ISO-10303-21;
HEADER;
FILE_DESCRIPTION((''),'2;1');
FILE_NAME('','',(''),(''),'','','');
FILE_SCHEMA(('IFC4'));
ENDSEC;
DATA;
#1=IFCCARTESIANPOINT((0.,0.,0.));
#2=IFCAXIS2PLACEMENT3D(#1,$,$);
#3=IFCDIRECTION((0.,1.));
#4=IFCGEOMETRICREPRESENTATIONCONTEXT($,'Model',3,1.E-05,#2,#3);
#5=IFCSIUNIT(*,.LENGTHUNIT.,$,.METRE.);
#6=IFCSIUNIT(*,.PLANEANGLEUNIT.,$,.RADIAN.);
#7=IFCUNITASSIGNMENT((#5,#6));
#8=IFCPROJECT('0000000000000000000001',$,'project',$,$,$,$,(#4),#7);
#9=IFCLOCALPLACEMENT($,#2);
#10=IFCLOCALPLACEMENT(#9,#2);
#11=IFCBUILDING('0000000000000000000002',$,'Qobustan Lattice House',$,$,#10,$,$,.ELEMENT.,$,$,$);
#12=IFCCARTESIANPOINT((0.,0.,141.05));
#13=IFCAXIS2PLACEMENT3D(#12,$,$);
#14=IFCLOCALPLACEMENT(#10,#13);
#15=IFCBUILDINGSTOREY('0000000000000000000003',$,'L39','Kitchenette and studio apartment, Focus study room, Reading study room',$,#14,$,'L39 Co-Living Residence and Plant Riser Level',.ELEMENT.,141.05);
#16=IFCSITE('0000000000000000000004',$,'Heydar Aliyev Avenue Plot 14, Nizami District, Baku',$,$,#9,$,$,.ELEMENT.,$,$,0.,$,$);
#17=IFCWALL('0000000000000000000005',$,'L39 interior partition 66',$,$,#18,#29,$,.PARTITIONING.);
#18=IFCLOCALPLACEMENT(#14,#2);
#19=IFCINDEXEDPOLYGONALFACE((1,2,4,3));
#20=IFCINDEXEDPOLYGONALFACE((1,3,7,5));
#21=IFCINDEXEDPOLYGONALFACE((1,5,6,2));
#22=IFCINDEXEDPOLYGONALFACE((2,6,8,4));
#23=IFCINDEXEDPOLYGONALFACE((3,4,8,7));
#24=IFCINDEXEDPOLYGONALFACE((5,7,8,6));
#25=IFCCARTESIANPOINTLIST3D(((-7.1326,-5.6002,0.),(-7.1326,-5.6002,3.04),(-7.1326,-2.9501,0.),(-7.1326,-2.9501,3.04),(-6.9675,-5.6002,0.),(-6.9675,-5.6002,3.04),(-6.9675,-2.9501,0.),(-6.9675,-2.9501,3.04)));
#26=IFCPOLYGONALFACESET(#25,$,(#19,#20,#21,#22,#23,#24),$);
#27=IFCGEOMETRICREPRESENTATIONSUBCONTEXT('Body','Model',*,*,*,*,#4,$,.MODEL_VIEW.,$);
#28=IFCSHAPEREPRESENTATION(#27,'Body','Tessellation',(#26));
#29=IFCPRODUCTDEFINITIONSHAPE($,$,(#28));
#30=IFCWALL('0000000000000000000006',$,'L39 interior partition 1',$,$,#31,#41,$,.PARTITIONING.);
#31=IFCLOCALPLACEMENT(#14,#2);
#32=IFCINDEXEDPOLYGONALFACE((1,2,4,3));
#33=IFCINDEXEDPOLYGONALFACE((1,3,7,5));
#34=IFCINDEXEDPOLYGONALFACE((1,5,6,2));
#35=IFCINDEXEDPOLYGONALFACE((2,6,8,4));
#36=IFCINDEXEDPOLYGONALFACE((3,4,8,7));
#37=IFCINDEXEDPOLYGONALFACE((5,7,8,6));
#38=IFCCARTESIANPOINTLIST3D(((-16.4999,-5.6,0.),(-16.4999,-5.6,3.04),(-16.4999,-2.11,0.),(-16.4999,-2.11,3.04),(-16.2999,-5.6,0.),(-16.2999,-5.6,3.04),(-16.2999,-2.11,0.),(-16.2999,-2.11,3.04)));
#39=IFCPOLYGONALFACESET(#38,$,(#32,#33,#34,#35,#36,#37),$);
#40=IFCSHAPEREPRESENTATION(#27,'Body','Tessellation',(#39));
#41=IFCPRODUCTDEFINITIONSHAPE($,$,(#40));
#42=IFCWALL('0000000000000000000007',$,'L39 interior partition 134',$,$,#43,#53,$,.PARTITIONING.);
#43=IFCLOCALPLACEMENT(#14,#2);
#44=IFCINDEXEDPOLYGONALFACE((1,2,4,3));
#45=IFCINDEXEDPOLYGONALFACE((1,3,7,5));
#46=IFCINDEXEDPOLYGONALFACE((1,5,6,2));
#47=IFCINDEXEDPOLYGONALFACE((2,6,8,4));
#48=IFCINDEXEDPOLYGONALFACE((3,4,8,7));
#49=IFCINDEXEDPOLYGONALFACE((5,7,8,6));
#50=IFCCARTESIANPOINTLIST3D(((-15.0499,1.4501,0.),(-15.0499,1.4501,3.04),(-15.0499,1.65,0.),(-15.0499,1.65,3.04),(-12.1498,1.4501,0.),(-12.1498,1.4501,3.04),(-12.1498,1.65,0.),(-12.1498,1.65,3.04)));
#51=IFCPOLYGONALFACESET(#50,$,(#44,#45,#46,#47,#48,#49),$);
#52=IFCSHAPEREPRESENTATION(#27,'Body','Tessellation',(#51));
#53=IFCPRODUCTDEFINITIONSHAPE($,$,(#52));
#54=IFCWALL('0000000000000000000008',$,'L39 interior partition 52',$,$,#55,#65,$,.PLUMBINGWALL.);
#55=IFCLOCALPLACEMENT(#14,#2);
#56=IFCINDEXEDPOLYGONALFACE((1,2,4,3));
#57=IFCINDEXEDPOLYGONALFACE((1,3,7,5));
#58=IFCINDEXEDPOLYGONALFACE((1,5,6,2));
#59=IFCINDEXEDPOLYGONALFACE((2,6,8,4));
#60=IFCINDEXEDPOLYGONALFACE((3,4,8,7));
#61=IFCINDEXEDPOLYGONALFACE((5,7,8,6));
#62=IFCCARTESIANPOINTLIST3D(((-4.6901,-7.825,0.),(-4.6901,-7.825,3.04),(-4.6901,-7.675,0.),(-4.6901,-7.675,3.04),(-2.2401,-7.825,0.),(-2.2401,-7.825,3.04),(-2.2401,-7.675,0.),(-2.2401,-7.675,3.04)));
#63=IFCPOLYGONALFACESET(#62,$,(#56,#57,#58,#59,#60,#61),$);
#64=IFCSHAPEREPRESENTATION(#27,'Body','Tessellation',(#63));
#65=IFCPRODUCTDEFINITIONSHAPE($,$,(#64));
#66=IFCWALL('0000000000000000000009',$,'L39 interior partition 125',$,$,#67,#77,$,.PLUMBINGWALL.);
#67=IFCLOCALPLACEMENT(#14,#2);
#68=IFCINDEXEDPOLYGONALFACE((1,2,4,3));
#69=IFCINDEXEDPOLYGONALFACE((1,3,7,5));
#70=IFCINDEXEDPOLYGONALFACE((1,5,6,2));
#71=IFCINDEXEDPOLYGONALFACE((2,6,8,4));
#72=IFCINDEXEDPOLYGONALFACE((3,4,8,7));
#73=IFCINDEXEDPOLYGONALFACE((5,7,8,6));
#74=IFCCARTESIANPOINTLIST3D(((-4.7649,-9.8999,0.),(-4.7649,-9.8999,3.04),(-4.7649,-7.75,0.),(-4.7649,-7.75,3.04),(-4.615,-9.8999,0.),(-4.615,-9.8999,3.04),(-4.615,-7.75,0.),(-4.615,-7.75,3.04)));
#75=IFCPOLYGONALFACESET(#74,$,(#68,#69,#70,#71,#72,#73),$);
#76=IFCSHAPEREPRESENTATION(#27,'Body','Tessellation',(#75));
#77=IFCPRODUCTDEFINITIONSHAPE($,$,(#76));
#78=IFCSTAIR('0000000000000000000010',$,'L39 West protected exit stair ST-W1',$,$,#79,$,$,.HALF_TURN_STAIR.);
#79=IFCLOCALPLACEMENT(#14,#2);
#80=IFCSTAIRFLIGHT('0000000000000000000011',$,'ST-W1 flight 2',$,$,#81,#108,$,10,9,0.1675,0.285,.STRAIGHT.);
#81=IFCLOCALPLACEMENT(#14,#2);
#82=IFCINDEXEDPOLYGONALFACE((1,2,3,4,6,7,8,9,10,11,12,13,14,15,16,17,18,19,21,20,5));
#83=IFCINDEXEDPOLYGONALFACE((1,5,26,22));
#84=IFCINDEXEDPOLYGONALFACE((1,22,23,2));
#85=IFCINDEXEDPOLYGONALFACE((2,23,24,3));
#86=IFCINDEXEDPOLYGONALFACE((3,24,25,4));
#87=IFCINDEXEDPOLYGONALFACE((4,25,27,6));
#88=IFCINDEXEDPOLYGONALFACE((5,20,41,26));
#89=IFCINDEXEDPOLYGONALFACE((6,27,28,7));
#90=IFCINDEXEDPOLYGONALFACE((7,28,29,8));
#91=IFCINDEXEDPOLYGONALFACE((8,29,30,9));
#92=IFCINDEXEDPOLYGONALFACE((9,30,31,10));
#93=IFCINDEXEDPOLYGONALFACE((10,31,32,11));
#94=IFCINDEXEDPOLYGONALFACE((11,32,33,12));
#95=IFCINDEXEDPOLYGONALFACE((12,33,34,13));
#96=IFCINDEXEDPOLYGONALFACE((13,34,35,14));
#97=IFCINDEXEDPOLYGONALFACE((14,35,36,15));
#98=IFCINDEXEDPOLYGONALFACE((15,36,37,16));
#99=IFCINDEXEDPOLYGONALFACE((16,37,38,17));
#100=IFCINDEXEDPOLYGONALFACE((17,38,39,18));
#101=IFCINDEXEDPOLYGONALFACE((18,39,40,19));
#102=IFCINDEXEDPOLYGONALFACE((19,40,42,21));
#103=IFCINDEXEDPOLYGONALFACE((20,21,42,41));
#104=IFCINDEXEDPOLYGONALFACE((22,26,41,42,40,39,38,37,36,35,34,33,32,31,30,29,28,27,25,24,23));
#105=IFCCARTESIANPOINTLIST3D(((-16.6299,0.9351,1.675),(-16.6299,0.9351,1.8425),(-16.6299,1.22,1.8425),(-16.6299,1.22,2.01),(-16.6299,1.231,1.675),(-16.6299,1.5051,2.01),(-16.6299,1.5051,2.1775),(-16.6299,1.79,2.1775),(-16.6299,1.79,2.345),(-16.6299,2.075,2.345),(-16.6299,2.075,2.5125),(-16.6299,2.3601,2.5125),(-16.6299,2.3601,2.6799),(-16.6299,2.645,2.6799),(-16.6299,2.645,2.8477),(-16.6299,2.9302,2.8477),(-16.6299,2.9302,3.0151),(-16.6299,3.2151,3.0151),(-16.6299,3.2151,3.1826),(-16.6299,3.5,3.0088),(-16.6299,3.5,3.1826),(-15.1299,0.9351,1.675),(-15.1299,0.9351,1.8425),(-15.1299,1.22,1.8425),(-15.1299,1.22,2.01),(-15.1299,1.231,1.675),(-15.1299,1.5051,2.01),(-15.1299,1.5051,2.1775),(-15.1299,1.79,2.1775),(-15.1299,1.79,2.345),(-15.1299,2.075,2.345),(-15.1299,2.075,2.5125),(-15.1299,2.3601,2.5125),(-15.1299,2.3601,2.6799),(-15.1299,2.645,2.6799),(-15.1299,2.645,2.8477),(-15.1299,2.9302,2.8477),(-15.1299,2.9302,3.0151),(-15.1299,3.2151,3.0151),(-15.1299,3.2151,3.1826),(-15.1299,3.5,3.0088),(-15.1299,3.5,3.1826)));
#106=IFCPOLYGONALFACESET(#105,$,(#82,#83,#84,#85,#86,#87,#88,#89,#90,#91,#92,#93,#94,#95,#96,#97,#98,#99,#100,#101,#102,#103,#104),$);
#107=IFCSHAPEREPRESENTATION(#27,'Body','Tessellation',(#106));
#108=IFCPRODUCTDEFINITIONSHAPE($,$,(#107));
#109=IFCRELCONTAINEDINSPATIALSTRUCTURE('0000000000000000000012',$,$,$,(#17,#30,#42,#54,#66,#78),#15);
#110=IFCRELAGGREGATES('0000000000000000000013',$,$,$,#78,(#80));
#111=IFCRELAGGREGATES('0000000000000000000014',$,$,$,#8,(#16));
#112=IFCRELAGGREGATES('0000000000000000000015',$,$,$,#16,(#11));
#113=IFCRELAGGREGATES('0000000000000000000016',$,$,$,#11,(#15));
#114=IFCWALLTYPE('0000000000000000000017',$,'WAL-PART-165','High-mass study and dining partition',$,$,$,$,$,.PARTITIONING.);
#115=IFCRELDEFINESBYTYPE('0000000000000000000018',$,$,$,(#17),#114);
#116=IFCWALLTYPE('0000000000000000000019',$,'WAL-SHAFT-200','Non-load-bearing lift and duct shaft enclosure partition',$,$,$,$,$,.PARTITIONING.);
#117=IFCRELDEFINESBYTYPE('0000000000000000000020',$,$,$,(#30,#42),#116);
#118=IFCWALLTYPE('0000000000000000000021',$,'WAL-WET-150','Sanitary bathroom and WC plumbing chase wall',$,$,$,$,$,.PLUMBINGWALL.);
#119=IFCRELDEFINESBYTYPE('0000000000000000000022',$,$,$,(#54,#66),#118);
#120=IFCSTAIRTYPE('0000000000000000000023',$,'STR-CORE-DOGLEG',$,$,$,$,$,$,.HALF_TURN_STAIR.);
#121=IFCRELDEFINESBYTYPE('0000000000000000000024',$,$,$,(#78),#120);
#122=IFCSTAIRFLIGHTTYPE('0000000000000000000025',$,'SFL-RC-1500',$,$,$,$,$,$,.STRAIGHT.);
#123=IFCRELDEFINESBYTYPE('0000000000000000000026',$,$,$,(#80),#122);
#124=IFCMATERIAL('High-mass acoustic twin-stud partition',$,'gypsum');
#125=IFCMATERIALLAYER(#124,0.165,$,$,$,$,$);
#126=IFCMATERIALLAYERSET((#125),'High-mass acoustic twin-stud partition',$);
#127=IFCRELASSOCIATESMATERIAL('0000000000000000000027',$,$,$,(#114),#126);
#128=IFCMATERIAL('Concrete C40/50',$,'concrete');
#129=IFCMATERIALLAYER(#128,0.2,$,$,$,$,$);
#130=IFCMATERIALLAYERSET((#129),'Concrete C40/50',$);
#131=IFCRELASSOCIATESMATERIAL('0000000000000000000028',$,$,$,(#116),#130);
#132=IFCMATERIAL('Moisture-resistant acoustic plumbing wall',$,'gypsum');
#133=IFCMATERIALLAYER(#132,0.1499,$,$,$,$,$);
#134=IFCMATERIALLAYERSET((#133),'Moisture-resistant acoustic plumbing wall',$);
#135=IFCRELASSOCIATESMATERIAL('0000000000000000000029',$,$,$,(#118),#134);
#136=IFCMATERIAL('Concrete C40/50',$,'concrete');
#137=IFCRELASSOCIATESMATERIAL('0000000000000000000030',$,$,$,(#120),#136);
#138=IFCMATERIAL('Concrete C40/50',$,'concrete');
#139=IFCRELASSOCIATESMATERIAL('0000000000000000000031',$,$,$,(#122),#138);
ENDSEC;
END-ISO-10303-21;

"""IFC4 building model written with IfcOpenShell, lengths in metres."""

from ifc_helpers import new_model, si_unit, direction, frame, frame_2d, origin, place, context, subcontext, project, spatial, polyline, rectangle, outline, extrude, material, layer, layer_set, type_object, element, aggregate, save


model = new_model("IFC4")

# Units and contexts
model_context = context("Model", 3, precision=1e-05, world=origin(), true_north=direction((0.0, 1.0)))
body_context = subcontext(model_context, "Body", "Model", "MODEL_VIEW")
ifc_project = project(units=[si_unit("LENGTHUNIT", "METRE"), si_unit("PLANEANGLEUNIT", "RADIAN")], contexts=[model_context])

# Site, building, storey
site_placement = place(None, origin())
site = spatial("IfcSite", under=ifc_project, at=site_placement, Name="Heydar Aliyev Avenue Plot 14, Nizami District, Baku", CompositionType="ELEMENT", RefElevation=0.0)
building_placement = place(site_placement, origin())
building = spatial("IfcBuilding", under=site, at=building_placement, Name="Qobustan Lattice House", CompositionType="ELEMENT")
storey_placement = place(building_placement, frame((0.0, 0.0, 141.05)))
storey = spatial("IfcBuildingStorey", under=building, at=storey_placement, Name="L39", Description="Kitchenette and studio apartment, Focus study room, Reading study room", LongName="L39 Co-Living Residence and Plant Riser Level", CompositionType="ELEMENT", Elevation=141.05)

# Walls
ifc_material_1 = material(Name="High-mass acoustic twin-stud partition", Category="gypsum")
ifc_layer_1 = layer(ifc_material_1, 0.165)
ifc_layer_set_1 = layer_set([ifc_layer_1], Name="High-mass acoustic twin-stud partition")
wall_type_1 = type_object("IfcWallType", Name="WAL-PART-165", Description="High-mass study and dining partition", PredefinedType="PARTITIONING", material=ifc_layer_set_1)
wall_1_placement = place(storey_placement, frame((-7.05, -2.95, 0.0), z_axis=(0.0, 0.0, 1.0), x_axis=(0.0, -1.0, 0.0)))
element("IfcWall", 1, at=wall_1_placement, inside=storey, type_object=wall_type_1, Name="L39 interior partition 66", PredefinedType="PARTITIONING", context=body_context, shape_type="SweptSolid", body=[
    extrude(rectangle(XDim=2.6501, YDim=0.165, at=frame_2d((1.3252, 0.0))), origin(), (0.0, 0.0, 1.0), 3.04),
])
ifc_material_2 = material(Name="Concrete C40/50", Category="concrete")
ifc_layer_2 = layer(ifc_material_2, 0.2)
ifc_layer_set_2 = layer_set([ifc_layer_2], Name="Concrete C40/50")
wall_type_2 = type_object("IfcWallType", Name="WAL-SHAFT-200", Description="Non-load-bearing lift and duct shaft enclosure partition", PredefinedType="PARTITIONING", material=ifc_layer_set_2)
wall_2_placement = place(storey_placement, frame((-16.3999, -5.6001, 0.0), z_axis=(0.0, 0.0, 1.0), x_axis=(0.0, 1.0, 0.0)))
element("IfcWall", 2, at=wall_2_placement, inside=storey, type_object=wall_type_2, Name="L39 interior partition 1", PredefinedType="PARTITIONING", context=body_context, shape_type="SweptSolid", body=[
    extrude(rectangle(XDim=3.49, YDim=0.2, at=frame_2d((1.7451, 0.0))), origin(), (0.0, 0.0, 1.0), 3.04),
])
wall_3_placement = place(storey_placement, frame((-15.05, 1.55, 0.0), z_axis=(0.0, 0.0, 1.0), x_axis=(1.0, 0.0, 0.0)))
element("IfcWall", 3, at=wall_3_placement, inside=storey, type_object=wall_type_2, Name="L39 interior partition 134", PredefinedType="PARTITIONING", context=body_context, shape_type="SweptSolid", body=[
    extrude(rectangle(XDim=2.9001, YDim=0.2, at=frame_2d((1.4502, 0.0))), origin(), (0.0, 0.0, 1.0), 3.04),
])
ifc_material_3 = material(Name="Moisture-resistant acoustic plumbing wall", Category="gypsum")
ifc_layer_3 = layer(ifc_material_3, 0.1499)
ifc_layer_set_3 = layer_set([ifc_layer_3], Name="Moisture-resistant acoustic plumbing wall")
wall_type_3 = type_object("IfcWallType", Name="WAL-WET-150", Description="Sanitary bathroom and WC plumbing chase wall", PredefinedType="PLUMBINGWALL", material=ifc_layer_set_3)
wall_4_placement = place(storey_placement, frame((-2.24, -7.75, 0.0), z_axis=(0.0, 0.0, 1.0), x_axis=(-1.0, 0.0, 0.0)))
element("IfcWall", 4, at=wall_4_placement, inside=storey, type_object=wall_type_3, Name="L39 interior partition 52", PredefinedType="PLUMBINGWALL", context=body_context, shape_type="SweptSolid", body=[
    extrude(rectangle(XDim=2.45, YDim=0.1499, at=frame_2d((1.2251, 0.0))), origin(), (0.0, 0.0, 1.0), 3.04),
])
wall_5_placement = place(storey_placement, frame((-4.6899, -7.75, 0.0), z_axis=(0.0, 0.0, 1.0), x_axis=(0.0, -1.0, 0.0)))
element("IfcWall", 5, at=wall_5_placement, inside=storey, type_object=wall_type_3, Name="L39 interior partition 125", PredefinedType="PLUMBINGWALL", context=body_context, shape_type="SweptSolid", body=[
    extrude(rectangle(XDim=2.1499, YDim=0.1499, at=frame_2d((1.075, 0.0))), origin(), (0.0, 0.0, 1.0), 3.04),
])

# Stair, stair flight
ifc_material_4 = material(Name="Concrete C40/50", Category="concrete")
stair_type = type_object("IfcStairType", Name="STR-CORE-DOGLEG", PredefinedType="HALF_TURN_STAIR", material=ifc_material_4)
stair_placement = place(storey_placement, origin())
stair = element("IfcStair", 6, at=stair_placement, inside=storey, type_object=stair_type, Name="L39 West protected exit stair ST-W1", PredefinedType="HALF_TURN_STAIR")
ifc_material_5 = material(Name="Concrete C40/50", Category="concrete")
stair_flight_type = type_object("IfcStairFlightType", Name="SFL-RC-1500", PredefinedType="STRAIGHT", material=ifc_material_5)
stair_flight_placement = place(storey_placement, frame((-15.8799, 0.9351, 1.675), z_axis=(0.0, 0.0, 1.0), x_axis=(0.0, 1.0, 0.0)))
stair_flight = element("IfcStairFlight", 7, at=stair_flight_placement, type_object=stair_flight_type, Name="ST-W1 flight 2", NumberOfRisers=10, NumberOfTreads=9, PredefinedType="STRAIGHT", RiserHeight=0.1675, TreadLength=0.285, context=body_context, shape_type="SweptSolid", body=[
    extrude(outline(polyline([(0.0, 0.0), (0.0, 0.1675), (0.2849, 0.1675), (0.2849, 0.335), (0.5701, 0.335), (0.5701, 0.5024), (0.855, 0.5024), (0.855, 0.6699), (1.1399, 0.6699), (1.1399, 0.8374), (1.425, 0.8374), (1.425, 1.0049), (1.71, 1.0049), (1.71, 1.1726), (1.9951, 1.1726), (1.9951, 1.3401), (2.28, 1.3401), (2.28, 1.5076), (2.5649, 1.5076), (2.5649, 1.675), (2.5649, 1.3337), (0.2959, 0.0), (0.0, 0.0)])), frame((0.0, 0.75, 0.0), z_axis=(0.0, -1.0, 0.0), x_axis=(1.0, 0.0, 0.0)), (0.0, 0.0, 1.0), 1.5),
])
aggregate(stair, [stair_flight])

save(model, "model.ifc")
